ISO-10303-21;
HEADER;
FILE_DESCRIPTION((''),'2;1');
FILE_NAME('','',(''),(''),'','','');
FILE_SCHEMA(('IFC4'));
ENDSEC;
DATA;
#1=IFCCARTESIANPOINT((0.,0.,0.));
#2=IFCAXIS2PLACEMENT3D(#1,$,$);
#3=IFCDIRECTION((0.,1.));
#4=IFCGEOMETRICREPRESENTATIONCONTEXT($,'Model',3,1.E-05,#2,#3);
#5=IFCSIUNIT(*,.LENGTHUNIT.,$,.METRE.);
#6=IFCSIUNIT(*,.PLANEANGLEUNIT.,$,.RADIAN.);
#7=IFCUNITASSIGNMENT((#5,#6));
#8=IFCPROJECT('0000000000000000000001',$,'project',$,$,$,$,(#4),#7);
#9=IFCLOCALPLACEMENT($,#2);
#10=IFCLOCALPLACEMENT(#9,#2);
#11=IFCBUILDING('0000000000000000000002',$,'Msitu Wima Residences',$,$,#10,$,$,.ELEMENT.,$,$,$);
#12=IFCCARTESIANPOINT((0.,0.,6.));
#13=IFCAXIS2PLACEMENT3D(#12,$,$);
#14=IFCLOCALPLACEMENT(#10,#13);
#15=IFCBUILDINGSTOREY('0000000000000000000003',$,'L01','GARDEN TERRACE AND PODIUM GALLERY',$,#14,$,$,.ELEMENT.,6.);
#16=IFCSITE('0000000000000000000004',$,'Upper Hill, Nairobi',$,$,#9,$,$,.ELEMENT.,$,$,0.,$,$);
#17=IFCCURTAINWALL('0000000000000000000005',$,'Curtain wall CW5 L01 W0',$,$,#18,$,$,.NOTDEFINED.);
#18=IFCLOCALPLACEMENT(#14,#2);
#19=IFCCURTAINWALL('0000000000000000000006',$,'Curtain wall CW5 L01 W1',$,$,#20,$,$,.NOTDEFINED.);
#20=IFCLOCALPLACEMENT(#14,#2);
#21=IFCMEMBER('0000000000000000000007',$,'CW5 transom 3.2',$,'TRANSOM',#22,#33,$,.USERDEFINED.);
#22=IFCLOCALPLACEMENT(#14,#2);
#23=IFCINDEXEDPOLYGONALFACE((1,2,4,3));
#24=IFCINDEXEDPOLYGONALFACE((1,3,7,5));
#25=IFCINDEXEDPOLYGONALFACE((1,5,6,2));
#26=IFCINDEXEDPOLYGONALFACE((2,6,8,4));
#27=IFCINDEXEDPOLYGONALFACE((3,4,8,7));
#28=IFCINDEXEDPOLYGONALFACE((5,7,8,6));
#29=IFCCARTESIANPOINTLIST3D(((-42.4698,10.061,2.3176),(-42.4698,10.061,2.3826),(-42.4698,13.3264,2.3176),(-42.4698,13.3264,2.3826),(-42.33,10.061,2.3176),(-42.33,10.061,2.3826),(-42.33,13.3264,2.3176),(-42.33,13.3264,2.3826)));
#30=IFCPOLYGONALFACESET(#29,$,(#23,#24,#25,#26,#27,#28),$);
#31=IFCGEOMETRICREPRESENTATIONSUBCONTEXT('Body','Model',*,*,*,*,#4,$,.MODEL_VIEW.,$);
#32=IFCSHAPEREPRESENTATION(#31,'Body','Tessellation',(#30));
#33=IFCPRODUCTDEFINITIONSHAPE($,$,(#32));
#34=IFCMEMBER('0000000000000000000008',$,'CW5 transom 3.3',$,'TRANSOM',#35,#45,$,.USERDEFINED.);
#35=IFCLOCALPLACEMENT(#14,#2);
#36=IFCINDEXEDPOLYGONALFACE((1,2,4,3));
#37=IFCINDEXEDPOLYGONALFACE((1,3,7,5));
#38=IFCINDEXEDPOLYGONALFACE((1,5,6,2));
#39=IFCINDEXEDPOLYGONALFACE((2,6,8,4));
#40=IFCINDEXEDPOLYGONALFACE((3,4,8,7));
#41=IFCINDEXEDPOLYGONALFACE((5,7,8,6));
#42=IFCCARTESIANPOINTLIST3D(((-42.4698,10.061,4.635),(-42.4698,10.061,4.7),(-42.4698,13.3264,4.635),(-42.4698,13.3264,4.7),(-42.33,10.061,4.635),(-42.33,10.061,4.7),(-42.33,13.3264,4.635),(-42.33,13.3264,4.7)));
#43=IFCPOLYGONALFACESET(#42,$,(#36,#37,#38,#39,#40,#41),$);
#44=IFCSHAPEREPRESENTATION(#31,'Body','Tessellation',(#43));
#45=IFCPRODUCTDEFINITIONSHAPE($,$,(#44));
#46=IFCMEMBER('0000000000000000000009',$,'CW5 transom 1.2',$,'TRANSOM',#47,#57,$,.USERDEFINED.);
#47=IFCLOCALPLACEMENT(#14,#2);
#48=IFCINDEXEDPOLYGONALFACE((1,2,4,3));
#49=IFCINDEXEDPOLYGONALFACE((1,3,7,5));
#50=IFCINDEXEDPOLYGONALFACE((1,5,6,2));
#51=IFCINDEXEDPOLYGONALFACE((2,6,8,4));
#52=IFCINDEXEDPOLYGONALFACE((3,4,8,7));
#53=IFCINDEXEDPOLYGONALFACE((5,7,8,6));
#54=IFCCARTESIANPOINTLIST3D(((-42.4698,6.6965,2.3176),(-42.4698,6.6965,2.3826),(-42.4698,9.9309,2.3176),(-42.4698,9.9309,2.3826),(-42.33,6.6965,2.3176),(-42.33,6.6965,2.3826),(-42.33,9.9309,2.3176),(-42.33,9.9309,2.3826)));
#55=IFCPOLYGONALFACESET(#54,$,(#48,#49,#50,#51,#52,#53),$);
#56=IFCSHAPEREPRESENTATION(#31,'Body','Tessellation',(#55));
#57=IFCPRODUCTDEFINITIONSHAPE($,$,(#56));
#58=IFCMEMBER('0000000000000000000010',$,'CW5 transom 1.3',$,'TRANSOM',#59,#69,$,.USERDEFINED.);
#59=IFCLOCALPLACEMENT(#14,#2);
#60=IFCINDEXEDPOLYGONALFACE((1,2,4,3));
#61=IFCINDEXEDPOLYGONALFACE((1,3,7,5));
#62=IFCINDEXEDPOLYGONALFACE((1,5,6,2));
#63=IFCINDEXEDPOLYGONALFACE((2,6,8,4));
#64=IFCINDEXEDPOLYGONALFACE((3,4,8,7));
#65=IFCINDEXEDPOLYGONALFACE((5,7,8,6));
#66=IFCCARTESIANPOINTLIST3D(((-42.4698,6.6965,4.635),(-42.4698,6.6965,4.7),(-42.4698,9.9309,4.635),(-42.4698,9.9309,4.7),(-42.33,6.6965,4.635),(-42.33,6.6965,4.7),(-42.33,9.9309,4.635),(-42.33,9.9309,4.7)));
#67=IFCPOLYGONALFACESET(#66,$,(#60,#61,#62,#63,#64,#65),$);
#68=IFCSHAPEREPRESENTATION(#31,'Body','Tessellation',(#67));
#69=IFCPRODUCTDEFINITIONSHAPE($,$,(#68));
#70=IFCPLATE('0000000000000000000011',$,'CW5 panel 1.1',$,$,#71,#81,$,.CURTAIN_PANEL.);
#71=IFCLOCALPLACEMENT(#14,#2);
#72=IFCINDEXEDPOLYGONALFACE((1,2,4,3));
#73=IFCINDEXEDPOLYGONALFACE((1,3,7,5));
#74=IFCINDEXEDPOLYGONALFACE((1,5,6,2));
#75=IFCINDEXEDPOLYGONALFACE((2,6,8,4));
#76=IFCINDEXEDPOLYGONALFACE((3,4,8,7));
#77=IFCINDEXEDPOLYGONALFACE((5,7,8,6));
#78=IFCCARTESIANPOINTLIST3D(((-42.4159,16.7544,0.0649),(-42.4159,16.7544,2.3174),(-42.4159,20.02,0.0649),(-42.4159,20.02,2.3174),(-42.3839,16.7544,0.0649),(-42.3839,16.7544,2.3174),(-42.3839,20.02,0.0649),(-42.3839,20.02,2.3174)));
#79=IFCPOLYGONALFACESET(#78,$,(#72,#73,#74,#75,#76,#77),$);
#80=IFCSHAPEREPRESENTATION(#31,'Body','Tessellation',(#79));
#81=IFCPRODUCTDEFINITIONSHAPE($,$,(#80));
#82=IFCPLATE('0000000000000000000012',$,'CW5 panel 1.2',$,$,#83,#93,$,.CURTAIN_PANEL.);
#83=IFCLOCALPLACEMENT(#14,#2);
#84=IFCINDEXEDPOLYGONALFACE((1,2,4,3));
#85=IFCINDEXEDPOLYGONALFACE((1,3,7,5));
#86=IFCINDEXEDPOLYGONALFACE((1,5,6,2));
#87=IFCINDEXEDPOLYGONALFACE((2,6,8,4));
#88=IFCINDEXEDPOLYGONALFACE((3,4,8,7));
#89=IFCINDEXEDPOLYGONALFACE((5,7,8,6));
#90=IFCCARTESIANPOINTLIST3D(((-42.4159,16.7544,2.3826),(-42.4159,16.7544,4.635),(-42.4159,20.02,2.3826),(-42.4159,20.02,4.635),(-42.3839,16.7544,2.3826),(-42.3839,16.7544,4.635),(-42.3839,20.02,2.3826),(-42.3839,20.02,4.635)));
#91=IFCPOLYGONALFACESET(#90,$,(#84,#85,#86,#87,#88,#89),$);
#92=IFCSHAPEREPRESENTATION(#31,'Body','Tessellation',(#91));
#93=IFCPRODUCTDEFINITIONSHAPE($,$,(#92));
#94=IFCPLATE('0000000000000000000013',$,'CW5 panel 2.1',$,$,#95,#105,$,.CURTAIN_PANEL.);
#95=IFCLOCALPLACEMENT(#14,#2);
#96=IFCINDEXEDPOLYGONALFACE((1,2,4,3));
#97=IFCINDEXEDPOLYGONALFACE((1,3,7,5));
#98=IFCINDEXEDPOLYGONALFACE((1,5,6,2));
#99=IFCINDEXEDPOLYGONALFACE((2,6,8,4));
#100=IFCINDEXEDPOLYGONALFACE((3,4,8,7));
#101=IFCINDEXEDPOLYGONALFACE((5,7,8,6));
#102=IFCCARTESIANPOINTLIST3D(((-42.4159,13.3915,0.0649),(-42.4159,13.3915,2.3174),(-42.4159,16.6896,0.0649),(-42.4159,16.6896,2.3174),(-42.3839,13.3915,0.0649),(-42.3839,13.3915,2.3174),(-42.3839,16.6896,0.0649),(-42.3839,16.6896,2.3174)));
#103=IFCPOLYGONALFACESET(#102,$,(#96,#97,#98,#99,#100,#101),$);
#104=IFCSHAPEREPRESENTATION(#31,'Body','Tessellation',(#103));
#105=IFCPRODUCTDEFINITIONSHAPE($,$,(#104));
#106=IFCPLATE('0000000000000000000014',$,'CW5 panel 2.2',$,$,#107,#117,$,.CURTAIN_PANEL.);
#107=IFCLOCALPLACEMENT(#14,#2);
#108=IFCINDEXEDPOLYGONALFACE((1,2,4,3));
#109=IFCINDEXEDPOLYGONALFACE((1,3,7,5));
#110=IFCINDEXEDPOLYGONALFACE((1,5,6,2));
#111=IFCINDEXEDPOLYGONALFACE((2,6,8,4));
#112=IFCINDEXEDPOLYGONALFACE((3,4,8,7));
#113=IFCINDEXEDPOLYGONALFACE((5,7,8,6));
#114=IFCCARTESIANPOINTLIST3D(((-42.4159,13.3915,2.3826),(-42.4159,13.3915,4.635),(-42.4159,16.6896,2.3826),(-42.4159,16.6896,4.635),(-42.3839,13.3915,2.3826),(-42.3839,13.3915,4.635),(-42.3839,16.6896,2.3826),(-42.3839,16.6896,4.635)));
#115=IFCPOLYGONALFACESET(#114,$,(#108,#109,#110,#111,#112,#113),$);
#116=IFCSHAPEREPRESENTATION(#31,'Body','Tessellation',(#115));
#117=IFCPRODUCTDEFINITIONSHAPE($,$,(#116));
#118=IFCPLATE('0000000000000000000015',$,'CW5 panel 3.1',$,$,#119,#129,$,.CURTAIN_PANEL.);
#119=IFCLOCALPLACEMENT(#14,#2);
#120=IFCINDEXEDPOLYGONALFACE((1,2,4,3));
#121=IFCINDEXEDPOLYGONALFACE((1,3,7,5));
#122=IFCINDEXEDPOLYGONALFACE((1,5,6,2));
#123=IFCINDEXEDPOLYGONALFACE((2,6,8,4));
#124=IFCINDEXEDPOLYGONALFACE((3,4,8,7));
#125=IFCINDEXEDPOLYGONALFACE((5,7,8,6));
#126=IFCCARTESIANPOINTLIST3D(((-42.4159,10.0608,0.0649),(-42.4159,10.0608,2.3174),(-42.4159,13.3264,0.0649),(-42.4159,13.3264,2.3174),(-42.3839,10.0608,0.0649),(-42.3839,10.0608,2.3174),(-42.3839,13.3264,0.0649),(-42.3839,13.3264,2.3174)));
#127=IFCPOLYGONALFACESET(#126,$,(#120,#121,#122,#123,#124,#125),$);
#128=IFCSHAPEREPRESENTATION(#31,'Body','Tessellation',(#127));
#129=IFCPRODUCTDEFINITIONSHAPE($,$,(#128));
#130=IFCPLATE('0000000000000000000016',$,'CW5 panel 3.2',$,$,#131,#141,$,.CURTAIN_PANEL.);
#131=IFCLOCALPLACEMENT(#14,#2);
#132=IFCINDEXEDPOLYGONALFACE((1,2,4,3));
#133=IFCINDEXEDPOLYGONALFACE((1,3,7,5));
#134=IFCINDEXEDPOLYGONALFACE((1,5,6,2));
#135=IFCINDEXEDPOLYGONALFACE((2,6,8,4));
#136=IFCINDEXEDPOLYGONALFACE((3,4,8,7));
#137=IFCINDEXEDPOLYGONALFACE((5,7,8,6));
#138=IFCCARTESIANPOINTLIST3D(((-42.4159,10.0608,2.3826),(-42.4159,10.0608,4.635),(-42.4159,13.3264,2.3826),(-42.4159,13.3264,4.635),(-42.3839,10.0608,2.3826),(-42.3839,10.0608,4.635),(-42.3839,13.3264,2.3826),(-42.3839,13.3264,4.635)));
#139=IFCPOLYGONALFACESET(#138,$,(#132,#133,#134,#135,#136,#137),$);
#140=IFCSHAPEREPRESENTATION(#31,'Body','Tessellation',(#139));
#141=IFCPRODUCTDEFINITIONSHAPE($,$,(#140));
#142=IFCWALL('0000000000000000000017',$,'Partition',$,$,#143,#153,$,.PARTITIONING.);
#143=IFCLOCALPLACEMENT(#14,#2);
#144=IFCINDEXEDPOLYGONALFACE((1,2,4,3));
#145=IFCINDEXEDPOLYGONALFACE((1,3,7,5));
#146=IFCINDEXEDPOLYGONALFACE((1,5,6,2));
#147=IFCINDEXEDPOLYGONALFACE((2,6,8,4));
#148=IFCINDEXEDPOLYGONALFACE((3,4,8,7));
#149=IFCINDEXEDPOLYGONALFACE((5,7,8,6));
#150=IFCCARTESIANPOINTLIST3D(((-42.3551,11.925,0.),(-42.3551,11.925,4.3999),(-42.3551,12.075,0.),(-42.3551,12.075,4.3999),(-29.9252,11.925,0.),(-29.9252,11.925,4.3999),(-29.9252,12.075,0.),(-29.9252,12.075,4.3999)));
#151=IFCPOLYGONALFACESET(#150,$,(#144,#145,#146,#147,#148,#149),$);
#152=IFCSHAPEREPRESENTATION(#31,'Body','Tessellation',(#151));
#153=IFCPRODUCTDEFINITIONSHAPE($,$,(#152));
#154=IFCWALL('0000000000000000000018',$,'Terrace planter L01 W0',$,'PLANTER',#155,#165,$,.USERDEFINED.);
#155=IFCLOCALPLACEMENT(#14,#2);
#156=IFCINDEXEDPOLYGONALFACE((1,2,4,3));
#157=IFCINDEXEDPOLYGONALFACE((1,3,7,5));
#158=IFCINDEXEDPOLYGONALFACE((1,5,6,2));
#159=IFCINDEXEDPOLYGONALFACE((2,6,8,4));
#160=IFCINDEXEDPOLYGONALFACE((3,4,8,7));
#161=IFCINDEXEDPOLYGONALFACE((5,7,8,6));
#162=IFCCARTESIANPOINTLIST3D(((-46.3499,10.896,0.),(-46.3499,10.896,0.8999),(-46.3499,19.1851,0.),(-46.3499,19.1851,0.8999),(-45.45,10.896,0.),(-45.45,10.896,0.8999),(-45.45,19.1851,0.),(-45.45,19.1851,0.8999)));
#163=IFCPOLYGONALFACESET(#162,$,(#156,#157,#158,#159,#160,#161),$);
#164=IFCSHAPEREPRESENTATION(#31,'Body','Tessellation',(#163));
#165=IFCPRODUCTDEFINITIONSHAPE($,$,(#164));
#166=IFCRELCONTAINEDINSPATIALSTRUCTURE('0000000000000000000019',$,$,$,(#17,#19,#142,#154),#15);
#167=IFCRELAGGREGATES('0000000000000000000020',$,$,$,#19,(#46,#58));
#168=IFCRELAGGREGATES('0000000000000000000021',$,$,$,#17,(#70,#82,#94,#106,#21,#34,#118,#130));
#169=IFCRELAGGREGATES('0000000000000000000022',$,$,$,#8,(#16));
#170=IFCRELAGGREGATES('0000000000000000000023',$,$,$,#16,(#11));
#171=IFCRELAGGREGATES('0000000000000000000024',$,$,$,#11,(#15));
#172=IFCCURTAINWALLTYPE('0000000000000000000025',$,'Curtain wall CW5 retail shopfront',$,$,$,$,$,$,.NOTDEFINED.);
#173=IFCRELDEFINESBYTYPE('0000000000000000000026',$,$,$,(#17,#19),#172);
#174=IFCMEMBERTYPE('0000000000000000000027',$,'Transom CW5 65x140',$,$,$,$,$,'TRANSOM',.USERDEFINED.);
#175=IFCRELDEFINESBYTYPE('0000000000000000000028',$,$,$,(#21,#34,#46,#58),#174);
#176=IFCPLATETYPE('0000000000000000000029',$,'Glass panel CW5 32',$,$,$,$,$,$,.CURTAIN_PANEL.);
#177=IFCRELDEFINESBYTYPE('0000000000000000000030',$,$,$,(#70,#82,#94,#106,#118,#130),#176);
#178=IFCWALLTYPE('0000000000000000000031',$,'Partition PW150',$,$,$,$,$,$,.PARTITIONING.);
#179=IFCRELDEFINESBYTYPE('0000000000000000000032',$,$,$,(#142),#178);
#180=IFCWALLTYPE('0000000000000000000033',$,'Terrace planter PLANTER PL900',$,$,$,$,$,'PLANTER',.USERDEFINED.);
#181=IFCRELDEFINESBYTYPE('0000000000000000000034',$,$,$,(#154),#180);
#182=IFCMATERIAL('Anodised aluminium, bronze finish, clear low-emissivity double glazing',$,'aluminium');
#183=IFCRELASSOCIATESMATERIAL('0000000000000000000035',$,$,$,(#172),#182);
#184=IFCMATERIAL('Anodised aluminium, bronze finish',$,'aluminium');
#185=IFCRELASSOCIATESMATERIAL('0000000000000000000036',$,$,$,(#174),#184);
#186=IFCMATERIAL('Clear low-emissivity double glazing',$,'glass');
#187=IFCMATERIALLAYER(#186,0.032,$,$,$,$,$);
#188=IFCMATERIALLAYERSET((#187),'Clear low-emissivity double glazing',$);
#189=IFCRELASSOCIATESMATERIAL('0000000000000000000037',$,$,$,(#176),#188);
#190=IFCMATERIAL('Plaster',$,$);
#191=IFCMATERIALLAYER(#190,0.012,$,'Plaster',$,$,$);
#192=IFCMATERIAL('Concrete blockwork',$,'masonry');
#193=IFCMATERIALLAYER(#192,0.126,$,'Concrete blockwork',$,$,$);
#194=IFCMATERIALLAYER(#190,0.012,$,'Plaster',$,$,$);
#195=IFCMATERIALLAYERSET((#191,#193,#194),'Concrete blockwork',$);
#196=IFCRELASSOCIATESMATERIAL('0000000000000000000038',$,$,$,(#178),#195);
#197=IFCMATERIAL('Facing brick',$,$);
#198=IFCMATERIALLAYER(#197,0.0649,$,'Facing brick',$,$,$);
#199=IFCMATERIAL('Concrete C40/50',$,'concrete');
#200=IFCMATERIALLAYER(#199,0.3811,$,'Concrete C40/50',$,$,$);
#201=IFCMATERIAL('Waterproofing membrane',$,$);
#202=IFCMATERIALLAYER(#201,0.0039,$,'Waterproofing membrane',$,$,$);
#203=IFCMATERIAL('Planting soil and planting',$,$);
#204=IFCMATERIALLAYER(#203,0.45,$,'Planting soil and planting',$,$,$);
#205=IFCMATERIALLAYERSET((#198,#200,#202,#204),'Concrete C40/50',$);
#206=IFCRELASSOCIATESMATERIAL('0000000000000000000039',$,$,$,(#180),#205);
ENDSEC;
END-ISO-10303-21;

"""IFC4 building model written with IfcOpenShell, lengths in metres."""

from ifc_helpers import new_model, si_unit, direction, frame, frame_2d, origin, origin_2d, place, context, subcontext, project, spatial, rectangle, extrude, material, layer, layer_set, material_profile, profile_set, type_object, element, aggregate, save


model = new_model("IFC4")

# Units and contexts
model_context = context("Model", 3, precision=1e-05, world=origin(), true_north=direction((0.0, 1.0)))
body_context = subcontext(model_context, "Body", "Model", "MODEL_VIEW")
ifc_project = project(units=[si_unit("LENGTHUNIT", "METRE"), si_unit("PLANEANGLEUNIT", "RADIAN")], contexts=[model_context])

# Site, building, storey
site_placement = place(None, origin())
site = spatial("IfcSite", under=ifc_project, at=site_placement, Name="Upper Hill, Nairobi", CompositionType="ELEMENT", RefElevation=0.0)
building_placement = place(site_placement, origin())
building = spatial("IfcBuilding", under=site, at=building_placement, Name="Msitu Wima Residences", CompositionType="ELEMENT")
storey_placement = place(building_placement, frame((0.0, 0.0, 6.0)))
storey = spatial("IfcBuildingStorey", under=building, at=storey_placement, Name="L01", Description="GARDEN TERRACE AND PODIUM GALLERY", CompositionType="ELEMENT", Elevation=6.0)

# Shared definitions
ifc_material_1 = material(Name="Anodised aluminium, bronze finish, clear low-emissivity double glazing", Category="aluminium")
curtain_wall_type = type_object("IfcCurtainWallType", Name="Curtain wall CW5 retail shopfront", PredefinedType="NOTDEFINED", material=ifc_material_1)
ifc_material_2 = material(Name="Anodised aluminium, bronze finish", Category="aluminium")

# Curtain wall
curtain_wall_1_placement = place(storey_placement, origin())
curtain_wall_1 = element("IfcCurtainWall", 1, at=curtain_wall_1_placement, inside=storey, type_object=curtain_wall_type, Name="Curtain wall CW5 L01 W0", PredefinedType="NOTDEFINED")

# Curtain wall
curtain_wall_2_placement = place(storey_placement, origin())
curtain_wall_2 = element("IfcCurtainWall", 2, at=curtain_wall_2_placement, inside=storey, type_object=curtain_wall_type, Name="Curtain wall CW5 L01 W1", PredefinedType="NOTDEFINED")

# Members
ifc_material_profile_1 = material_profile(ifc_material_2, rectangle(XDim=0.1399, YDim=0.0649, at=origin_2d()), Name="Transom 65x140")
ifc_profile_set_1 = profile_set([ifc_material_profile_1], Name="Anodised aluminium, bronze finish")
member_type_1 = type_object("IfcMemberType", Name="Transom CW5 65x140", ElementType="TRANSOM", PredefinedType="USERDEFINED", material=ifc_profile_set_1)
member_1_placement = place(storey_placement, frame((-42.3999, 13.3264, 2.3501), z_axis=(0.0, -1.0, 0.0), x_axis=(1.0, 0.0, 0.0)))
member_1 = element("IfcMember", 3, at=member_1_placement, type_object=member_type_1, Name="CW5 transom 3.2", ObjectType="TRANSOM", PredefinedType="USERDEFINED", context=body_context, shape_type="SweptSolid", body=[
    extrude(rectangle(XDim=0.1399, YDim=0.0649, at=origin_2d()), origin(), (0.0, 0.0, 1.0), 3.2654),
])
member_2_placement = place(storey_placement, frame((-42.3999, 13.3264, 4.6675), z_axis=(0.0, -1.0, 0.0), x_axis=(1.0, 0.0, 0.0)))
member_2 = element("IfcMember", 4, at=member_2_placement, type_object=member_type_1, Name="CW5 transom 3.3", ObjectType="TRANSOM", PredefinedType="USERDEFINED", context=body_context, shape_type="SweptSolid", body=[
    extrude(rectangle(XDim=0.1399, YDim=0.0649, at=origin_2d()), origin(), (0.0, 0.0, 1.0), 3.2654),
])
member_3_placement = place(storey_placement, frame((-42.3999, 9.9309, 2.3501), z_axis=(0.0, -1.0, 0.0), x_axis=(1.0, 0.0, 0.0)))
member_3 = element("IfcMember", 5, at=member_3_placement, type_object=member_type_1, Name="CW5 transom 1.2", ObjectType="TRANSOM", PredefinedType="USERDEFINED", context=body_context, shape_type="SweptSolid", body=[
    extrude(rectangle(XDim=0.1399, YDim=0.0649, at=origin_2d()), origin(), (0.0, 0.0, 1.0), 3.2344),
])
member_4_placement = place(storey_placement, frame((-42.3999, 9.9309, 4.6675), z_axis=(0.0, -1.0, 0.0), x_axis=(1.0, 0.0, 0.0)))
member_4 = element("IfcMember", 6, at=member_4_placement, type_object=member_type_1, Name="CW5 transom 1.3", ObjectType="TRANSOM", PredefinedType="USERDEFINED", context=body_context, shape_type="SweptSolid", body=[
    extrude(rectangle(XDim=0.1399, YDim=0.0649, at=origin_2d()), origin(), (0.0, 0.0, 1.0), 3.2344),
])
aggregate(curtain_wall_2, [member_3, member_4])

# Plates
ifc_material_3 = material(Name="Clear low-emissivity double glazing", Category="glass")
ifc_layer_1 = layer(ifc_material_3, 0.032)
ifc_layer_set_1 = layer_set([ifc_layer_1], Name="Clear low-emissivity double glazing")
plate_type = type_object("IfcPlateType", Name="Glass panel CW5 32", PredefinedType="CURTAIN_PANEL", material=ifc_layer_set_1)
plate_1_placement = place(storey_placement, frame((-42.3999, 18.3872, 0.0649), z_axis=(0.0, 0.0, 1.0), x_axis=(0.0, -1.0, 0.0)))
plate_1 = element("IfcPlate", 7, at=plate_1_placement, type_object=plate_type, Name="CW5 panel 1.1", PredefinedType="CURTAIN_PANEL", context=body_context, shape_type="SweptSolid", body=[
    extrude(rectangle(XDim=3.2656, YDim=0.032, at=origin_2d()), origin(), (0.0, 0.0, 1.0), 2.2524),
])
plate_2_placement = place(storey_placement, frame((-42.3999, 18.3872, 2.3826), z_axis=(0.0, 0.0, 1.0), x_axis=(0.0, -1.0, 0.0)))
plate_2 = element("IfcPlate", 8, at=plate_2_placement, type_object=plate_type, Name="CW5 panel 1.2", PredefinedType="CURTAIN_PANEL", context=body_context, shape_type="SweptSolid", body=[
    extrude(rectangle(XDim=3.2656, YDim=0.032, at=origin_2d()), origin(), (0.0, 0.0, 1.0), 2.2524),
])
plate_3_placement = place(storey_placement, frame((-42.3999, 15.0405, 0.0649), z_axis=(0.0, 0.0, 1.0), x_axis=(0.0, -1.0, 0.0)))
plate_3 = element("IfcPlate", 9, at=plate_3_placement, type_object=plate_type, Name="CW5 panel 2.1", PredefinedType="CURTAIN_PANEL", context=body_context, shape_type="SweptSolid", body=[
    extrude(rectangle(XDim=3.2981, YDim=0.032, at=origin_2d()), origin(), (0.0, 0.0, 1.0), 2.2524),
])
plate_4_placement = place(storey_placement, frame((-42.3999, 15.0405, 2.3826), z_axis=(0.0, 0.0, 1.0), x_axis=(0.0, -1.0, 0.0)))
plate_4 = element("IfcPlate", 10, at=plate_4_placement, type_object=plate_type, Name="CW5 panel 2.2", PredefinedType="CURTAIN_PANEL", context=body_context, shape_type="SweptSolid", body=[
    extrude(rectangle(XDim=3.2981, YDim=0.032, at=origin_2d()), origin(), (0.0, 0.0, 1.0), 2.2524),
])
plate_5_placement = place(storey_placement, frame((-42.3999, 11.6936, 0.0649), z_axis=(0.0, 0.0, 1.0), x_axis=(0.0, -1.0, 0.0)))
plate_5 = element("IfcPlate", 11, at=plate_5_placement, type_object=plate_type, Name="CW5 panel 3.1", PredefinedType="CURTAIN_PANEL", context=body_context, shape_type="SweptSolid", body=[
    extrude(rectangle(XDim=3.2656, YDim=0.032, at=origin_2d()), origin(), (0.0, 0.0, 1.0), 2.2524),
])
plate_6_placement = place(storey_placement, frame((-42.3999, 11.6936, 2.3826), z_axis=(0.0, 0.0, 1.0), x_axis=(0.0, -1.0, 0.0)))
plate_6 = element("IfcPlate", 12, at=plate_6_placement, type_object=plate_type, Name="CW5 panel 3.2", PredefinedType="CURTAIN_PANEL", context=body_context, shape_type="SweptSolid", body=[
    extrude(rectangle(XDim=3.2656, YDim=0.032, at=origin_2d()), origin(), (0.0, 0.0, 1.0), 2.2524),
])
aggregate(curtain_wall_1, [plate_1, plate_2, plate_3, plate_4, member_1, member_2, plate_5, plate_6])

# Walls
ifc_material_4 = material(Name="Plaster")
ifc_layer_2 = layer(ifc_material_4, 0.012, Name="Plaster")
ifc_material_5 = material(Name="Concrete blockwork", Category="masonry")
ifc_layer_3 = layer(ifc_material_5, 0.126, Name="Concrete blockwork")
ifc_layer_4 = layer(ifc_material_4, 0.012, Name="Plaster")
ifc_layer_set_2 = layer_set([ifc_layer_2, ifc_layer_3, ifc_layer_4], Name="Concrete blockwork")
wall_type_1 = type_object("IfcWallType", Name="Partition PW150", PredefinedType="PARTITIONING", material=ifc_layer_set_2)
wall_1_placement = place(storey_placement, frame((-42.355, 12.0, 0.0), z_axis=(0.0, 0.0, 1.0), x_axis=(1.0, 0.0, 0.0)))
element("IfcWall", 13, at=wall_1_placement, inside=storey, type_object=wall_type_1, Name="Partition", PredefinedType="PARTITIONING", context=body_context, shape_type="SweptSolid", body=[
    extrude(rectangle(XDim=12.4299, YDim=0.1499, at=frame_2d((6.2148, 0.0))), origin(), (0.0, 0.0, 1.0), 4.3999),
])
ifc_material_6 = material(Name="Facing brick")
ifc_layer_5 = layer(ifc_material_6, 0.0649, Name="Facing brick")
ifc_material_7 = material(Name="Concrete C40/50", Category="concrete")
ifc_layer_6 = layer(ifc_material_7, 0.3811, Name="Concrete C40/50")
ifc_material_8 = material(Name="Waterproofing membrane")
ifc_layer_7 = layer(ifc_material_8, 0.0039, Name="Waterproofing membrane")
ifc_material_9 = material(Name="Planting soil and planting")
ifc_layer_8 = layer(ifc_material_9, 0.45, Name="Planting soil and planting")
ifc_layer_set_3 = layer_set([ifc_layer_5, ifc_layer_6, ifc_layer_7, ifc_layer_8], Name="Concrete C40/50")
wall_type_2 = type_object("IfcWallType", Name="Terrace planter PLANTER PL900", ElementType="PLANTER", PredefinedType="USERDEFINED", material=ifc_layer_set_3)
wall_2_placement = place(storey_placement, frame((-45.8999, 19.1851, 0.0), z_axis=(0.0, 0.0, 1.0), x_axis=(0.0, -1.0, 0.0)))
element("IfcWall", 14, at=wall_2_placement, inside=storey, type_object=wall_type_2, Name="Terrace planter L01 W0", ObjectType="PLANTER", PredefinedType="USERDEFINED", context=body_context, shape_type="SweptSolid", body=[
    extrude(rectangle(XDim=8.2891, YDim=0.8999, at=frame_2d((4.1445, 0.0))), origin(), (0.0, 0.0, 1.0), 0.8999),
])

save(model, "model.ifc")
